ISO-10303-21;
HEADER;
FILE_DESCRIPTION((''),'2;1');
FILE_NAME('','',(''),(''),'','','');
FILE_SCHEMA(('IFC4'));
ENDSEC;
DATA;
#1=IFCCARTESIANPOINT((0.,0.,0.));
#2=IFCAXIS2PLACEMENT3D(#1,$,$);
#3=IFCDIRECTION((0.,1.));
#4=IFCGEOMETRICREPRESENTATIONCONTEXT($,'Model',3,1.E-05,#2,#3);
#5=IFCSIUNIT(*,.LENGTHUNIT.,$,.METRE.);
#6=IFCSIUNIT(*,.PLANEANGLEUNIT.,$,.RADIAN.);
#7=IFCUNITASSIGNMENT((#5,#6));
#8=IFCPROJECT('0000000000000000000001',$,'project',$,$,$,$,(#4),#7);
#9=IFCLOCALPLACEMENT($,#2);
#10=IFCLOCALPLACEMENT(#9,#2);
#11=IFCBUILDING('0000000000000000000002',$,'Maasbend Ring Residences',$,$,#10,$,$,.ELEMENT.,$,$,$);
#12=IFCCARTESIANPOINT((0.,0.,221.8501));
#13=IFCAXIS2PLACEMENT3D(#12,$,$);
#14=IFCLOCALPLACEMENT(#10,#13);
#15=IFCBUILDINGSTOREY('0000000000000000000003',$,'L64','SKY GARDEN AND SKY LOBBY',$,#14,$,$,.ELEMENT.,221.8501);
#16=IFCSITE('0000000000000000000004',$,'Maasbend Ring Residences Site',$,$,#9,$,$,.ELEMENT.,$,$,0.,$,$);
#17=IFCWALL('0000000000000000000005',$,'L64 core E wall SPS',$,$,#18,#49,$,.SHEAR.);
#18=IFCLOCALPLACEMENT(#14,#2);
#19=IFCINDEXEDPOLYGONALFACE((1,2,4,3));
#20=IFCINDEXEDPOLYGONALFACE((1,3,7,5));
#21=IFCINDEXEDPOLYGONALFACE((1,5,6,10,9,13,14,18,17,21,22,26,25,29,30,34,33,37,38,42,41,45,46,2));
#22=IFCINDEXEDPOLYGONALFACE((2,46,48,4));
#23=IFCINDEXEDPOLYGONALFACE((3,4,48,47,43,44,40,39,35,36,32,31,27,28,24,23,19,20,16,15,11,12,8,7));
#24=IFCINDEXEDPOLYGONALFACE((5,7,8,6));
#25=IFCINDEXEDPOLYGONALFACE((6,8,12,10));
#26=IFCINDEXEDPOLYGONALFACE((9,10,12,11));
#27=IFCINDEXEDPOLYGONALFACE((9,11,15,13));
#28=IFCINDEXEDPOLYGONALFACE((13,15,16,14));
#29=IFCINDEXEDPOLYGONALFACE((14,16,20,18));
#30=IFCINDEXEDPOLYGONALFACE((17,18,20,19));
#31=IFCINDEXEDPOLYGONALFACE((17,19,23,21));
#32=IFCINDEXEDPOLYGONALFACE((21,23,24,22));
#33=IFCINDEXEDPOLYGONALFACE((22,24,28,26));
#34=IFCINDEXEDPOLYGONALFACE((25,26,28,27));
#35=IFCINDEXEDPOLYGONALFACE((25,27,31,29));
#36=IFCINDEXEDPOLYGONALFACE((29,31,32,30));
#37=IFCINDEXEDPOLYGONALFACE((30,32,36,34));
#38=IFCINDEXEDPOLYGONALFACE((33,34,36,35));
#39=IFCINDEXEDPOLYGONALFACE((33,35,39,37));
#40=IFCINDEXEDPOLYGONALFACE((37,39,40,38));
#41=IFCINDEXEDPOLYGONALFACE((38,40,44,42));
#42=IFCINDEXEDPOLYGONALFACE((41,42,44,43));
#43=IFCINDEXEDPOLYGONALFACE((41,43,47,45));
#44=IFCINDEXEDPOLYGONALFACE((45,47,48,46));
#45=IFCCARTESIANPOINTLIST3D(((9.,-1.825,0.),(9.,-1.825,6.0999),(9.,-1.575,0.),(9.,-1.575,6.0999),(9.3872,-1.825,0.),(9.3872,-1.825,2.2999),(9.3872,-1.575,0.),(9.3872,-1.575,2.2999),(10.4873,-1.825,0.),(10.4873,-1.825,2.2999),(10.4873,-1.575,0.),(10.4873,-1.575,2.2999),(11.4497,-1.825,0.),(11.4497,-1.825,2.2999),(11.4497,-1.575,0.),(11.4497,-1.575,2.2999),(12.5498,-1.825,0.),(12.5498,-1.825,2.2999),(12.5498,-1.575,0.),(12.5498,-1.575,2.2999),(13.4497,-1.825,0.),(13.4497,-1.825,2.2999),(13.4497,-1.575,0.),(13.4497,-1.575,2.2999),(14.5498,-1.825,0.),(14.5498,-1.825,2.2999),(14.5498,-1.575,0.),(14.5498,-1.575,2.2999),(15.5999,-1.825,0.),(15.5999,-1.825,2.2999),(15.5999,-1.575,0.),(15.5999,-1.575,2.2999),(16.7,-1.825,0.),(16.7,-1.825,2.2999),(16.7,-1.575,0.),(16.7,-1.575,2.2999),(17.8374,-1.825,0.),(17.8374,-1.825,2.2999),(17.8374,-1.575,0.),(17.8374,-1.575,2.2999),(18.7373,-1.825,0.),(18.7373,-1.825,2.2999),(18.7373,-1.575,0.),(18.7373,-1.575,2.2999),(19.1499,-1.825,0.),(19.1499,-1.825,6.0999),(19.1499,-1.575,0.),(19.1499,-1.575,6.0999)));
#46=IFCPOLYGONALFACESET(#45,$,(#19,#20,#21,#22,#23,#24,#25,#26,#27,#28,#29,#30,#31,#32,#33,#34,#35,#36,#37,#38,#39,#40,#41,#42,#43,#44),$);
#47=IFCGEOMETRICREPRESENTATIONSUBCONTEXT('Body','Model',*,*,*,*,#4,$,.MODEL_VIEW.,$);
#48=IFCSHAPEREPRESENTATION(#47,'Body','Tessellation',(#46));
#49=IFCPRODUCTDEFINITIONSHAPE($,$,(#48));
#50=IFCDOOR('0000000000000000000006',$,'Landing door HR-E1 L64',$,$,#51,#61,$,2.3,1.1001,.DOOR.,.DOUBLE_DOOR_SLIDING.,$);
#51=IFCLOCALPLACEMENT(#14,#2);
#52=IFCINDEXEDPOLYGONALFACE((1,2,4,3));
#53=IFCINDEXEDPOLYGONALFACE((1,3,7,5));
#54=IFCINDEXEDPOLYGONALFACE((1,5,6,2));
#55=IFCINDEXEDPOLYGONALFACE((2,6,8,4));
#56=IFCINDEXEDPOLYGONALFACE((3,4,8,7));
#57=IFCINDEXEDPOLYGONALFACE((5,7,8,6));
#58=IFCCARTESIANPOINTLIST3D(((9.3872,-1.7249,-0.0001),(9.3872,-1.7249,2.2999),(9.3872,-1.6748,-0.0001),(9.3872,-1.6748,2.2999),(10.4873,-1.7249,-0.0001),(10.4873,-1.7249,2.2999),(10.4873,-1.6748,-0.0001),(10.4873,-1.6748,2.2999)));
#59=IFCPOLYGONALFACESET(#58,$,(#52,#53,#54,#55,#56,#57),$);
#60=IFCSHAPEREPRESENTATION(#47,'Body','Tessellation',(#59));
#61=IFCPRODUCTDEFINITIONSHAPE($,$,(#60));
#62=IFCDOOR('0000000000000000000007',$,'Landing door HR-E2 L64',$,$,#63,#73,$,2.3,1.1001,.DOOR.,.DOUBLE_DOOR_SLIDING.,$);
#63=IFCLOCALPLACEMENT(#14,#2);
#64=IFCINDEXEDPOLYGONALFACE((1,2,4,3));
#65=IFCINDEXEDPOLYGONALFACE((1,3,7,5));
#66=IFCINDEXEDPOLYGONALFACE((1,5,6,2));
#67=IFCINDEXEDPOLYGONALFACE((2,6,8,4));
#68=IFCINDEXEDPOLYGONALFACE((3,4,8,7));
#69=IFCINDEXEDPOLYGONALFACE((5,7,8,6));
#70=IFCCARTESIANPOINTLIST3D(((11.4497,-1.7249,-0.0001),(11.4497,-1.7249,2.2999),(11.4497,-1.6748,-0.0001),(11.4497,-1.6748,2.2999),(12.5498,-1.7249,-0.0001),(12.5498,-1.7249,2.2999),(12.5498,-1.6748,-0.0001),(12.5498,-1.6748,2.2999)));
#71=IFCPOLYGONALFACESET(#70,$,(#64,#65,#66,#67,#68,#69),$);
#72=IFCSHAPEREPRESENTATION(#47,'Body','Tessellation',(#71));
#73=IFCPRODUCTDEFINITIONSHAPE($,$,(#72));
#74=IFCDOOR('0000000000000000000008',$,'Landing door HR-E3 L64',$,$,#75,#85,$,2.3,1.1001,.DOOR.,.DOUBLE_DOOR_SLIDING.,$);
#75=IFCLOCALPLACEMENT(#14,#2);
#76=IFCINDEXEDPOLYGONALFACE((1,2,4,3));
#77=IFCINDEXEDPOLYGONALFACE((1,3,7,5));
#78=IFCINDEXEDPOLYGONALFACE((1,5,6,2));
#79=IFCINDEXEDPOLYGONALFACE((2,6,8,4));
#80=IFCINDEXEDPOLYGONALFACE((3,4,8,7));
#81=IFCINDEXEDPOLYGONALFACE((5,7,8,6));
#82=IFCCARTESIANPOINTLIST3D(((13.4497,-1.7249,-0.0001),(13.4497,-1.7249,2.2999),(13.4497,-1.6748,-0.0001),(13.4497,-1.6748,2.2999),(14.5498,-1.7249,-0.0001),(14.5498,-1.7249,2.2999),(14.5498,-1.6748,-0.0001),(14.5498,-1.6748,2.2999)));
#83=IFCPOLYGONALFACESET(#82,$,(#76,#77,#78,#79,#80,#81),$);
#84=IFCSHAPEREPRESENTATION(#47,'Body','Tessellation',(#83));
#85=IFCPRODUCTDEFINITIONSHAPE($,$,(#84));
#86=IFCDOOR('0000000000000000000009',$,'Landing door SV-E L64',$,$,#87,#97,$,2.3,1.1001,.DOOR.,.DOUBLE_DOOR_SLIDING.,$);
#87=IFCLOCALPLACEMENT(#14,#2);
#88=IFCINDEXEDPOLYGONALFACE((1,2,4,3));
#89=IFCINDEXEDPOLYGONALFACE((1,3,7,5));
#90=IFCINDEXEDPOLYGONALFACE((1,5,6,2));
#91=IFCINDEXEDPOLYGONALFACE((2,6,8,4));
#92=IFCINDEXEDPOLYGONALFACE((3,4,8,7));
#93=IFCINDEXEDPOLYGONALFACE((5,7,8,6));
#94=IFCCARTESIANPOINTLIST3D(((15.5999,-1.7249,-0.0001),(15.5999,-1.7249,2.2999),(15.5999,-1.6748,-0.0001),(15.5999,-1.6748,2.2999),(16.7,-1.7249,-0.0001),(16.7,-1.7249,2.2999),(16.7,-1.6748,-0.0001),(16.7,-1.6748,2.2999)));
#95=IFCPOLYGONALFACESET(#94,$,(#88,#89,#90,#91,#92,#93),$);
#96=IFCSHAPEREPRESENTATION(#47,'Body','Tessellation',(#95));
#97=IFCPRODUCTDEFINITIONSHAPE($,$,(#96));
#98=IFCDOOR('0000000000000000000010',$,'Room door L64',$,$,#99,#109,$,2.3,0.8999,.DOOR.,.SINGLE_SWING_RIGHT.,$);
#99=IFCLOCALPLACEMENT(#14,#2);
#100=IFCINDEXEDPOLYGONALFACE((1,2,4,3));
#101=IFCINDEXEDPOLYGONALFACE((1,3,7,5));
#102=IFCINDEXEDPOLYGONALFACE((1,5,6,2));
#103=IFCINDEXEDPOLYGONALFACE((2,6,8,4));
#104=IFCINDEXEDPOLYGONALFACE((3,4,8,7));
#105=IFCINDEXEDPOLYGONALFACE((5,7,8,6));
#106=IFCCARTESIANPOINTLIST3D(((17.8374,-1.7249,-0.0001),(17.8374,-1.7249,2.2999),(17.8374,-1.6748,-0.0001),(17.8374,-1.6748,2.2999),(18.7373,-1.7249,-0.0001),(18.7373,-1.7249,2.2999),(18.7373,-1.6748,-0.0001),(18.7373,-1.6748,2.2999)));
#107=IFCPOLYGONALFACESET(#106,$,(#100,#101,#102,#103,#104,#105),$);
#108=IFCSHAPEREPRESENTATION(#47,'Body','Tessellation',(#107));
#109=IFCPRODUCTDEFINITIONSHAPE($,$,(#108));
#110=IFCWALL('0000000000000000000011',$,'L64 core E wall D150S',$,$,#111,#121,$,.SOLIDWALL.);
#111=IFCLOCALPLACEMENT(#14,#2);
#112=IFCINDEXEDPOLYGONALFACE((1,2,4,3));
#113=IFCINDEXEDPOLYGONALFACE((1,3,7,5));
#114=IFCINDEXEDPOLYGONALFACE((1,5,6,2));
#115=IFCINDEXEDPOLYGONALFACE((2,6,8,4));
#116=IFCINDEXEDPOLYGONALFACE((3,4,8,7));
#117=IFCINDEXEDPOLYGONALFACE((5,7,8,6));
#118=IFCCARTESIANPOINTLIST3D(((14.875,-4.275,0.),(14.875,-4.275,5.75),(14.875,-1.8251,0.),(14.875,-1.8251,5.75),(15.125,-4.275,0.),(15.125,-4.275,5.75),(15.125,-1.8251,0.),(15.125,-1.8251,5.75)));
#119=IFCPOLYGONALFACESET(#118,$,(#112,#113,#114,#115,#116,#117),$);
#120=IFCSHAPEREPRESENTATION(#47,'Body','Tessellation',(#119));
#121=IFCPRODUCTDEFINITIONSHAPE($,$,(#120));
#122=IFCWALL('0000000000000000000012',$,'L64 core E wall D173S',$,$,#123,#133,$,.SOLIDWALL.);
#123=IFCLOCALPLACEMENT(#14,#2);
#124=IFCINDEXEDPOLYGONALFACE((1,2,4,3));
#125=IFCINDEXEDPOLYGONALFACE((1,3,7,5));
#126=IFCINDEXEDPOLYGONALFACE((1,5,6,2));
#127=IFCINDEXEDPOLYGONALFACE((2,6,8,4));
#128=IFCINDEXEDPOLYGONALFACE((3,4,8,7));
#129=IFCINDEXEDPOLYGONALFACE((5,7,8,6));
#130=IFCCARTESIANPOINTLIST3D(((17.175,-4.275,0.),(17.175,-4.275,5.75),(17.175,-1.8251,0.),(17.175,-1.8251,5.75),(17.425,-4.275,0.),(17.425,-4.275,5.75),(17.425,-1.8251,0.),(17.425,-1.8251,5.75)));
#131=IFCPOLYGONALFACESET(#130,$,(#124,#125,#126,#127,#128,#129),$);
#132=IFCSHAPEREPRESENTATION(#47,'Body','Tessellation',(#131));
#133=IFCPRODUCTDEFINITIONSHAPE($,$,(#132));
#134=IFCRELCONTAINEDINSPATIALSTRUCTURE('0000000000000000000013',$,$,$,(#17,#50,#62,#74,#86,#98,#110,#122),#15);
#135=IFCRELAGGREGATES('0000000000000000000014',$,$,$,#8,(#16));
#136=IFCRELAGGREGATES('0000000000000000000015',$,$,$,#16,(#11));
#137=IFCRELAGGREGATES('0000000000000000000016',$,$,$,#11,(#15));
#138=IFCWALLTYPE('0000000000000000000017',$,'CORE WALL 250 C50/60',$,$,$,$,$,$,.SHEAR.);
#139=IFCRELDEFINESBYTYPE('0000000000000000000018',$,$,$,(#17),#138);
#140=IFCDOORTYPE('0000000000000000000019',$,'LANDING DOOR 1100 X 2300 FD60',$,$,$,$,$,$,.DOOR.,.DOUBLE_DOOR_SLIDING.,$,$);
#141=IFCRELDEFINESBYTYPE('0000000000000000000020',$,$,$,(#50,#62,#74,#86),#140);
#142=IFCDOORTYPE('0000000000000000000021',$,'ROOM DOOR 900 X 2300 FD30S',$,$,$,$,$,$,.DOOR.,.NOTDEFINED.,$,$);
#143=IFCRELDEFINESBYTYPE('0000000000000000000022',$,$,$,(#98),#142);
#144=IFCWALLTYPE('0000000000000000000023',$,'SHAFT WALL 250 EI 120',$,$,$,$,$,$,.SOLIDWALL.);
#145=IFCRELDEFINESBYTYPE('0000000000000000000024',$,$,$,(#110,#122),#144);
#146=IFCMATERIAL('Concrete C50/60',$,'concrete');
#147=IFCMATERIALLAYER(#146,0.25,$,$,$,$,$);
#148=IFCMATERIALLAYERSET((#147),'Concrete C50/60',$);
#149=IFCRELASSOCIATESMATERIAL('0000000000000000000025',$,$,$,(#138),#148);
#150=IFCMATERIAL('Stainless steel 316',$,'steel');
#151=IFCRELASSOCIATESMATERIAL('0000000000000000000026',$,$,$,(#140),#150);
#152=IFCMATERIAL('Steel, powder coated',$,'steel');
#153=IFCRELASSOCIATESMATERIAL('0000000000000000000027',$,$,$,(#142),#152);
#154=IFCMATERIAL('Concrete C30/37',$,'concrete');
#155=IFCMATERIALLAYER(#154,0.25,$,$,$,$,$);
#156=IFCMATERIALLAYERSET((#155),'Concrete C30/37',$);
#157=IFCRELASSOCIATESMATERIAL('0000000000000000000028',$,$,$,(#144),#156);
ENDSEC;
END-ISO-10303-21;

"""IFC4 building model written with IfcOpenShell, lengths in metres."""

from ifc_helpers import new_model, si_unit, direction, frame, frame_2d, origin, place, context, subcontext, project, spatial, rectangle, extrude, material, layer, layer_set, type_object, element, fill, save


model = new_model("IFC4")

# Units and contexts
model_context = context("Model", 3, precision=1e-05, world=origin(), true_north=direction((0.0, 1.0)))
body_context = subcontext(model_context, "Body", "Model", "MODEL_VIEW")
ifc_project = project(units=[si_unit("LENGTHUNIT", "METRE"), si_unit("PLANEANGLEUNIT", "RADIAN")], contexts=[model_context])

# Site, building, storey
site_placement = place(None, origin())
site = spatial("IfcSite", under=ifc_project, at=site_placement, Name="Maasbend Ring Residences Site", CompositionType="ELEMENT", RefElevation=0.0)
building_placement = place(site_placement, origin())
building = spatial("IfcBuilding", under=site, at=building_placement, Name="Maasbend Ring Residences", CompositionType="ELEMENT")
storey_placement = place(building_placement, frame((0.0, 0.0, 221.8501)))
storey = spatial("IfcBuildingStorey", under=building, at=storey_placement, Name="L64", Description="SKY GARDEN AND SKY LOBBY", CompositionType="ELEMENT", Elevation=221.8501)

# Wall, openings, doors
ifc_material_1 = material(Name="Concrete C50/60", Category="concrete")
ifc_layer_1 = layer(ifc_material_1, 0.25)
ifc_layer_set_1 = layer_set([ifc_layer_1], Name="Concrete C50/60")
wall_type_1 = type_object("IfcWallType", Name="CORE WALL 250 C50/60", PredefinedType="SHEAR", material=ifc_layer_set_1)
wall_placement = place(storey_placement, frame((19.1499, -1.7, 0.0), z_axis=(0.0, 0.0, 1.0), x_axis=(-1.0, 0.0, 0.0)))
wall = element("IfcWall", 1, at=wall_placement, inside=storey, type_object=wall_type_1, Name="L64 core E wall SPS", PredefinedType="SHEAR", context=body_context, shape_type="SweptSolid", body=[
    extrude(rectangle(XDim=10.1499, YDim=0.25, at=frame_2d((5.075, 0.0))), origin(), (0.0, 0.0, 1.0), 6.0999),
])
opening_1_placement = place(wall_placement, frame((8.6626, 0.0, 0.0)))
opening_1 = element("IfcOpeningElement", 2, at=opening_1_placement, cuts=wall, PredefinedType="OPENING", context=body_context, shape_type="SweptSolid", body=[
    extrude(rectangle(XDim=1.1001, YDim=2.3, at=frame_2d((0.55, 1.1499))), frame((0.0, 0.135, 0.0), z_axis=(0.0, -1.0, 0.0), x_axis=(1.0, 0.0, 0.0)), (0.0, 0.0, 1.0), 0.27),
])
opening_2_placement = place(wall_placement, frame((6.6001, 0.0, 0.0)))
opening_2 = element("IfcOpeningElement", 3, at=opening_2_placement, cuts=wall, PredefinedType="OPENING", context=body_context, shape_type="SweptSolid", body=[
    extrude(rectangle(XDim=1.1001, YDim=2.3, at=frame_2d((0.55, 1.1499))), frame((0.0, 0.135, 0.0), z_axis=(0.0, -1.0, 0.0), x_axis=(1.0, 0.0, 0.0)), (0.0, 0.0, 1.0), 0.27),
])
opening_3_placement = place(wall_placement, frame((4.6001, 0.0, 0.0)))
opening_3 = element("IfcOpeningElement", 4, at=opening_3_placement, cuts=wall, PredefinedType="OPENING", context=body_context, shape_type="SweptSolid", body=[
    extrude(rectangle(XDim=1.1001, YDim=2.3, at=frame_2d((0.55, 1.1499))), frame((0.0, 0.135, 0.0), z_axis=(0.0, -1.0, 0.0), x_axis=(1.0, 0.0, 0.0)), (0.0, 0.0, 1.0), 0.27),
])
opening_4_placement = place(wall_placement, frame((2.45, 0.0, 0.0)))
opening_4 = element("IfcOpeningElement", 5, at=opening_4_placement, cuts=wall, PredefinedType="OPENING", context=body_context, shape_type="SweptSolid", body=[
    extrude(rectangle(XDim=1.1001, YDim=2.3, at=frame_2d((0.55, 1.1499))), frame((0.0, 0.135, 0.0), z_axis=(0.0, -1.0, 0.0), x_axis=(1.0, 0.0, 0.0)), (0.0, 0.0, 1.0), 0.27),
])
opening_5_placement = place(wall_placement, frame((0.4126, 0.0, 0.0)))
opening_5 = element("IfcOpeningElement", 6, at=opening_5_placement, cuts=wall, PredefinedType="OPENING", context=body_context, shape_type="SweptSolid", body=[
    extrude(rectangle(XDim=0.8999, YDim=2.3, at=frame_2d((0.45, 1.1499))), frame((0.0, 0.135, 0.0), z_axis=(0.0, -1.0, 0.0), x_axis=(1.0, 0.0, 0.0)), (0.0, 0.0, 1.0), 0.27),
])
ifc_material_2 = material(Name="Stainless steel 316", Category="steel")
door_type_1 = type_object("IfcDoorType", Name="LANDING DOOR 1100 X 2300 FD60", OperationType="DOUBLE_DOOR_SLIDING", PredefinedType="DOOR", material=ifc_material_2)
door_1_placement = place(opening_1_placement, origin())
door_1 = element("IfcDoor", 7, at=door_1_placement, inside=storey, type_object=door_type_1, Name="Landing door HR-E1 L64", OperationType="DOUBLE_DOOR_SLIDING", OverallHeight=2.3, OverallWidth=1.1001, PredefinedType="DOOR", context=body_context, shape_type="SweptSolid", body=[
    extrude(rectangle(XDim=1.1001, YDim=2.3, at=frame_2d((0.55, 1.1499))), frame((0.0, 0.0249, 0.0), z_axis=(0.0, -1.0, 0.0), x_axis=(1.0, 0.0, 0.0)), (0.0, 0.0, 1.0), 0.05),
])
fill(opening_1, door_1)
door_2_placement = place(opening_2_placement, origin())
door_2 = element("IfcDoor", 8, at=door_2_placement, inside=storey, type_object=door_type_1, Name="Landing door HR-E2 L64", OperationType="DOUBLE_DOOR_SLIDING", OverallHeight=2.3, OverallWidth=1.1001, PredefinedType="DOOR", context=body_context, shape_type="SweptSolid", body=[
    extrude(rectangle(XDim=1.1001, YDim=2.3, at=frame_2d((0.55, 1.1499))), frame((0.0, 0.0249, 0.0), z_axis=(0.0, -1.0, 0.0), x_axis=(1.0, 0.0, 0.0)), (0.0, 0.0, 1.0), 0.05),
])
fill(opening_2, door_2)
door_3_placement = place(opening_3_placement, origin())
door_3 = element("IfcDoor", 9, at=door_3_placement, inside=storey, type_object=door_type_1, Name="Landing door HR-E3 L64", OperationType="DOUBLE_DOOR_SLIDING", OverallHeight=2.3, OverallWidth=1.1001, PredefinedType="DOOR", context=body_context, shape_type="SweptSolid", body=[
    extrude(rectangle(XDim=1.1001, YDim=2.3, at=frame_2d((0.55, 1.1499))), frame((0.0, 0.0249, 0.0), z_axis=(0.0, -1.0, 0.0), x_axis=(1.0, 0.0, 0.0)), (0.0, 0.0, 1.0), 0.05),
])
fill(opening_3, door_3)
door_4_placement = place(opening_4_placement, origin())
door_4 = element("IfcDoor", 10, at=door_4_placement, inside=storey, type_object=door_type_1, Name="Landing door SV-E L64", OperationType="DOUBLE_DOOR_SLIDING", OverallHeight=2.3, OverallWidth=1.1001, PredefinedType="DOOR", context=body_context, shape_type="SweptSolid", body=[
    extrude(rectangle(XDim=1.1001, YDim=2.3, at=frame_2d((0.55, 1.1499))), frame((0.0, 0.0249, 0.0), z_axis=(0.0, -1.0, 0.0), x_axis=(1.0, 0.0, 0.0)), (0.0, 0.0, 1.0), 0.05),
])
fill(opening_4, door_4)
ifc_material_3 = material(Name="Steel, powder coated", Category="steel")
door_type_2 = type_object("IfcDoorType", Name="ROOM DOOR 900 X 2300 FD30S", OperationType="NOTDEFINED", PredefinedType="DOOR", material=ifc_material_3)
door_5_placement = place(opening_5_placement, origin())
door_5 = element("IfcDoor", 11, at=door_5_placement, inside=storey, type_object=door_type_2, Name="Room door L64", OperationType="SINGLE_SWING_RIGHT", OverallHeight=2.3, OverallWidth=0.8999, PredefinedType="DOOR", context=body_context, shape_type="SweptSolid", body=[
    extrude(rectangle(XDim=0.8999, YDim=2.3, at=frame_2d((0.45, 1.1499))), frame((0.0, 0.0249, 0.0), z_axis=(0.0, -1.0, 0.0), x_axis=(1.0, 0.0, 0.0)), (0.0, 0.0, 1.0), 0.05),
])
fill(opening_5, door_5)

# Walls
ifc_material_4 = material(Name="Concrete C30/37", Category="concrete")
ifc_layer_2 = layer(ifc_material_4, 0.25)
ifc_layer_set_2 = layer_set([ifc_layer_2], Name="Concrete C30/37")
wall_type_2 = type_object("IfcWallType", Name="SHAFT WALL 250 EI 120", PredefinedType="SOLIDWALL", material=ifc_layer_set_2)
for number, where, z_axis, x_axis, name in (
    (12, (15.0, -1.825, 0.0), (0.0, 0.0, 1.0), (0.0, -1.0, 0.0), "L64 core E wall D150S"),
    (13, (17.3, -1.825, 0.0), (0.0, 0.0, 1.0), (0.0, -1.0, 0.0), "L64 core E wall D173S"),
):
    element("IfcWall", number, at=place(storey_placement, frame(where, z_axis=z_axis, x_axis=x_axis)), inside=storey, type_object=wall_type_2, Name=name, PredefinedType="SOLIDWALL", context=body_context, shape_type="SweptSolid", body=[
        extrude(rectangle(XDim=2.45, YDim=0.25, at=frame_2d((1.2251, 0.0))), origin(), (0.0, 0.0, 1.0), 5.75),
    ])

save(model, "model.ifc")
